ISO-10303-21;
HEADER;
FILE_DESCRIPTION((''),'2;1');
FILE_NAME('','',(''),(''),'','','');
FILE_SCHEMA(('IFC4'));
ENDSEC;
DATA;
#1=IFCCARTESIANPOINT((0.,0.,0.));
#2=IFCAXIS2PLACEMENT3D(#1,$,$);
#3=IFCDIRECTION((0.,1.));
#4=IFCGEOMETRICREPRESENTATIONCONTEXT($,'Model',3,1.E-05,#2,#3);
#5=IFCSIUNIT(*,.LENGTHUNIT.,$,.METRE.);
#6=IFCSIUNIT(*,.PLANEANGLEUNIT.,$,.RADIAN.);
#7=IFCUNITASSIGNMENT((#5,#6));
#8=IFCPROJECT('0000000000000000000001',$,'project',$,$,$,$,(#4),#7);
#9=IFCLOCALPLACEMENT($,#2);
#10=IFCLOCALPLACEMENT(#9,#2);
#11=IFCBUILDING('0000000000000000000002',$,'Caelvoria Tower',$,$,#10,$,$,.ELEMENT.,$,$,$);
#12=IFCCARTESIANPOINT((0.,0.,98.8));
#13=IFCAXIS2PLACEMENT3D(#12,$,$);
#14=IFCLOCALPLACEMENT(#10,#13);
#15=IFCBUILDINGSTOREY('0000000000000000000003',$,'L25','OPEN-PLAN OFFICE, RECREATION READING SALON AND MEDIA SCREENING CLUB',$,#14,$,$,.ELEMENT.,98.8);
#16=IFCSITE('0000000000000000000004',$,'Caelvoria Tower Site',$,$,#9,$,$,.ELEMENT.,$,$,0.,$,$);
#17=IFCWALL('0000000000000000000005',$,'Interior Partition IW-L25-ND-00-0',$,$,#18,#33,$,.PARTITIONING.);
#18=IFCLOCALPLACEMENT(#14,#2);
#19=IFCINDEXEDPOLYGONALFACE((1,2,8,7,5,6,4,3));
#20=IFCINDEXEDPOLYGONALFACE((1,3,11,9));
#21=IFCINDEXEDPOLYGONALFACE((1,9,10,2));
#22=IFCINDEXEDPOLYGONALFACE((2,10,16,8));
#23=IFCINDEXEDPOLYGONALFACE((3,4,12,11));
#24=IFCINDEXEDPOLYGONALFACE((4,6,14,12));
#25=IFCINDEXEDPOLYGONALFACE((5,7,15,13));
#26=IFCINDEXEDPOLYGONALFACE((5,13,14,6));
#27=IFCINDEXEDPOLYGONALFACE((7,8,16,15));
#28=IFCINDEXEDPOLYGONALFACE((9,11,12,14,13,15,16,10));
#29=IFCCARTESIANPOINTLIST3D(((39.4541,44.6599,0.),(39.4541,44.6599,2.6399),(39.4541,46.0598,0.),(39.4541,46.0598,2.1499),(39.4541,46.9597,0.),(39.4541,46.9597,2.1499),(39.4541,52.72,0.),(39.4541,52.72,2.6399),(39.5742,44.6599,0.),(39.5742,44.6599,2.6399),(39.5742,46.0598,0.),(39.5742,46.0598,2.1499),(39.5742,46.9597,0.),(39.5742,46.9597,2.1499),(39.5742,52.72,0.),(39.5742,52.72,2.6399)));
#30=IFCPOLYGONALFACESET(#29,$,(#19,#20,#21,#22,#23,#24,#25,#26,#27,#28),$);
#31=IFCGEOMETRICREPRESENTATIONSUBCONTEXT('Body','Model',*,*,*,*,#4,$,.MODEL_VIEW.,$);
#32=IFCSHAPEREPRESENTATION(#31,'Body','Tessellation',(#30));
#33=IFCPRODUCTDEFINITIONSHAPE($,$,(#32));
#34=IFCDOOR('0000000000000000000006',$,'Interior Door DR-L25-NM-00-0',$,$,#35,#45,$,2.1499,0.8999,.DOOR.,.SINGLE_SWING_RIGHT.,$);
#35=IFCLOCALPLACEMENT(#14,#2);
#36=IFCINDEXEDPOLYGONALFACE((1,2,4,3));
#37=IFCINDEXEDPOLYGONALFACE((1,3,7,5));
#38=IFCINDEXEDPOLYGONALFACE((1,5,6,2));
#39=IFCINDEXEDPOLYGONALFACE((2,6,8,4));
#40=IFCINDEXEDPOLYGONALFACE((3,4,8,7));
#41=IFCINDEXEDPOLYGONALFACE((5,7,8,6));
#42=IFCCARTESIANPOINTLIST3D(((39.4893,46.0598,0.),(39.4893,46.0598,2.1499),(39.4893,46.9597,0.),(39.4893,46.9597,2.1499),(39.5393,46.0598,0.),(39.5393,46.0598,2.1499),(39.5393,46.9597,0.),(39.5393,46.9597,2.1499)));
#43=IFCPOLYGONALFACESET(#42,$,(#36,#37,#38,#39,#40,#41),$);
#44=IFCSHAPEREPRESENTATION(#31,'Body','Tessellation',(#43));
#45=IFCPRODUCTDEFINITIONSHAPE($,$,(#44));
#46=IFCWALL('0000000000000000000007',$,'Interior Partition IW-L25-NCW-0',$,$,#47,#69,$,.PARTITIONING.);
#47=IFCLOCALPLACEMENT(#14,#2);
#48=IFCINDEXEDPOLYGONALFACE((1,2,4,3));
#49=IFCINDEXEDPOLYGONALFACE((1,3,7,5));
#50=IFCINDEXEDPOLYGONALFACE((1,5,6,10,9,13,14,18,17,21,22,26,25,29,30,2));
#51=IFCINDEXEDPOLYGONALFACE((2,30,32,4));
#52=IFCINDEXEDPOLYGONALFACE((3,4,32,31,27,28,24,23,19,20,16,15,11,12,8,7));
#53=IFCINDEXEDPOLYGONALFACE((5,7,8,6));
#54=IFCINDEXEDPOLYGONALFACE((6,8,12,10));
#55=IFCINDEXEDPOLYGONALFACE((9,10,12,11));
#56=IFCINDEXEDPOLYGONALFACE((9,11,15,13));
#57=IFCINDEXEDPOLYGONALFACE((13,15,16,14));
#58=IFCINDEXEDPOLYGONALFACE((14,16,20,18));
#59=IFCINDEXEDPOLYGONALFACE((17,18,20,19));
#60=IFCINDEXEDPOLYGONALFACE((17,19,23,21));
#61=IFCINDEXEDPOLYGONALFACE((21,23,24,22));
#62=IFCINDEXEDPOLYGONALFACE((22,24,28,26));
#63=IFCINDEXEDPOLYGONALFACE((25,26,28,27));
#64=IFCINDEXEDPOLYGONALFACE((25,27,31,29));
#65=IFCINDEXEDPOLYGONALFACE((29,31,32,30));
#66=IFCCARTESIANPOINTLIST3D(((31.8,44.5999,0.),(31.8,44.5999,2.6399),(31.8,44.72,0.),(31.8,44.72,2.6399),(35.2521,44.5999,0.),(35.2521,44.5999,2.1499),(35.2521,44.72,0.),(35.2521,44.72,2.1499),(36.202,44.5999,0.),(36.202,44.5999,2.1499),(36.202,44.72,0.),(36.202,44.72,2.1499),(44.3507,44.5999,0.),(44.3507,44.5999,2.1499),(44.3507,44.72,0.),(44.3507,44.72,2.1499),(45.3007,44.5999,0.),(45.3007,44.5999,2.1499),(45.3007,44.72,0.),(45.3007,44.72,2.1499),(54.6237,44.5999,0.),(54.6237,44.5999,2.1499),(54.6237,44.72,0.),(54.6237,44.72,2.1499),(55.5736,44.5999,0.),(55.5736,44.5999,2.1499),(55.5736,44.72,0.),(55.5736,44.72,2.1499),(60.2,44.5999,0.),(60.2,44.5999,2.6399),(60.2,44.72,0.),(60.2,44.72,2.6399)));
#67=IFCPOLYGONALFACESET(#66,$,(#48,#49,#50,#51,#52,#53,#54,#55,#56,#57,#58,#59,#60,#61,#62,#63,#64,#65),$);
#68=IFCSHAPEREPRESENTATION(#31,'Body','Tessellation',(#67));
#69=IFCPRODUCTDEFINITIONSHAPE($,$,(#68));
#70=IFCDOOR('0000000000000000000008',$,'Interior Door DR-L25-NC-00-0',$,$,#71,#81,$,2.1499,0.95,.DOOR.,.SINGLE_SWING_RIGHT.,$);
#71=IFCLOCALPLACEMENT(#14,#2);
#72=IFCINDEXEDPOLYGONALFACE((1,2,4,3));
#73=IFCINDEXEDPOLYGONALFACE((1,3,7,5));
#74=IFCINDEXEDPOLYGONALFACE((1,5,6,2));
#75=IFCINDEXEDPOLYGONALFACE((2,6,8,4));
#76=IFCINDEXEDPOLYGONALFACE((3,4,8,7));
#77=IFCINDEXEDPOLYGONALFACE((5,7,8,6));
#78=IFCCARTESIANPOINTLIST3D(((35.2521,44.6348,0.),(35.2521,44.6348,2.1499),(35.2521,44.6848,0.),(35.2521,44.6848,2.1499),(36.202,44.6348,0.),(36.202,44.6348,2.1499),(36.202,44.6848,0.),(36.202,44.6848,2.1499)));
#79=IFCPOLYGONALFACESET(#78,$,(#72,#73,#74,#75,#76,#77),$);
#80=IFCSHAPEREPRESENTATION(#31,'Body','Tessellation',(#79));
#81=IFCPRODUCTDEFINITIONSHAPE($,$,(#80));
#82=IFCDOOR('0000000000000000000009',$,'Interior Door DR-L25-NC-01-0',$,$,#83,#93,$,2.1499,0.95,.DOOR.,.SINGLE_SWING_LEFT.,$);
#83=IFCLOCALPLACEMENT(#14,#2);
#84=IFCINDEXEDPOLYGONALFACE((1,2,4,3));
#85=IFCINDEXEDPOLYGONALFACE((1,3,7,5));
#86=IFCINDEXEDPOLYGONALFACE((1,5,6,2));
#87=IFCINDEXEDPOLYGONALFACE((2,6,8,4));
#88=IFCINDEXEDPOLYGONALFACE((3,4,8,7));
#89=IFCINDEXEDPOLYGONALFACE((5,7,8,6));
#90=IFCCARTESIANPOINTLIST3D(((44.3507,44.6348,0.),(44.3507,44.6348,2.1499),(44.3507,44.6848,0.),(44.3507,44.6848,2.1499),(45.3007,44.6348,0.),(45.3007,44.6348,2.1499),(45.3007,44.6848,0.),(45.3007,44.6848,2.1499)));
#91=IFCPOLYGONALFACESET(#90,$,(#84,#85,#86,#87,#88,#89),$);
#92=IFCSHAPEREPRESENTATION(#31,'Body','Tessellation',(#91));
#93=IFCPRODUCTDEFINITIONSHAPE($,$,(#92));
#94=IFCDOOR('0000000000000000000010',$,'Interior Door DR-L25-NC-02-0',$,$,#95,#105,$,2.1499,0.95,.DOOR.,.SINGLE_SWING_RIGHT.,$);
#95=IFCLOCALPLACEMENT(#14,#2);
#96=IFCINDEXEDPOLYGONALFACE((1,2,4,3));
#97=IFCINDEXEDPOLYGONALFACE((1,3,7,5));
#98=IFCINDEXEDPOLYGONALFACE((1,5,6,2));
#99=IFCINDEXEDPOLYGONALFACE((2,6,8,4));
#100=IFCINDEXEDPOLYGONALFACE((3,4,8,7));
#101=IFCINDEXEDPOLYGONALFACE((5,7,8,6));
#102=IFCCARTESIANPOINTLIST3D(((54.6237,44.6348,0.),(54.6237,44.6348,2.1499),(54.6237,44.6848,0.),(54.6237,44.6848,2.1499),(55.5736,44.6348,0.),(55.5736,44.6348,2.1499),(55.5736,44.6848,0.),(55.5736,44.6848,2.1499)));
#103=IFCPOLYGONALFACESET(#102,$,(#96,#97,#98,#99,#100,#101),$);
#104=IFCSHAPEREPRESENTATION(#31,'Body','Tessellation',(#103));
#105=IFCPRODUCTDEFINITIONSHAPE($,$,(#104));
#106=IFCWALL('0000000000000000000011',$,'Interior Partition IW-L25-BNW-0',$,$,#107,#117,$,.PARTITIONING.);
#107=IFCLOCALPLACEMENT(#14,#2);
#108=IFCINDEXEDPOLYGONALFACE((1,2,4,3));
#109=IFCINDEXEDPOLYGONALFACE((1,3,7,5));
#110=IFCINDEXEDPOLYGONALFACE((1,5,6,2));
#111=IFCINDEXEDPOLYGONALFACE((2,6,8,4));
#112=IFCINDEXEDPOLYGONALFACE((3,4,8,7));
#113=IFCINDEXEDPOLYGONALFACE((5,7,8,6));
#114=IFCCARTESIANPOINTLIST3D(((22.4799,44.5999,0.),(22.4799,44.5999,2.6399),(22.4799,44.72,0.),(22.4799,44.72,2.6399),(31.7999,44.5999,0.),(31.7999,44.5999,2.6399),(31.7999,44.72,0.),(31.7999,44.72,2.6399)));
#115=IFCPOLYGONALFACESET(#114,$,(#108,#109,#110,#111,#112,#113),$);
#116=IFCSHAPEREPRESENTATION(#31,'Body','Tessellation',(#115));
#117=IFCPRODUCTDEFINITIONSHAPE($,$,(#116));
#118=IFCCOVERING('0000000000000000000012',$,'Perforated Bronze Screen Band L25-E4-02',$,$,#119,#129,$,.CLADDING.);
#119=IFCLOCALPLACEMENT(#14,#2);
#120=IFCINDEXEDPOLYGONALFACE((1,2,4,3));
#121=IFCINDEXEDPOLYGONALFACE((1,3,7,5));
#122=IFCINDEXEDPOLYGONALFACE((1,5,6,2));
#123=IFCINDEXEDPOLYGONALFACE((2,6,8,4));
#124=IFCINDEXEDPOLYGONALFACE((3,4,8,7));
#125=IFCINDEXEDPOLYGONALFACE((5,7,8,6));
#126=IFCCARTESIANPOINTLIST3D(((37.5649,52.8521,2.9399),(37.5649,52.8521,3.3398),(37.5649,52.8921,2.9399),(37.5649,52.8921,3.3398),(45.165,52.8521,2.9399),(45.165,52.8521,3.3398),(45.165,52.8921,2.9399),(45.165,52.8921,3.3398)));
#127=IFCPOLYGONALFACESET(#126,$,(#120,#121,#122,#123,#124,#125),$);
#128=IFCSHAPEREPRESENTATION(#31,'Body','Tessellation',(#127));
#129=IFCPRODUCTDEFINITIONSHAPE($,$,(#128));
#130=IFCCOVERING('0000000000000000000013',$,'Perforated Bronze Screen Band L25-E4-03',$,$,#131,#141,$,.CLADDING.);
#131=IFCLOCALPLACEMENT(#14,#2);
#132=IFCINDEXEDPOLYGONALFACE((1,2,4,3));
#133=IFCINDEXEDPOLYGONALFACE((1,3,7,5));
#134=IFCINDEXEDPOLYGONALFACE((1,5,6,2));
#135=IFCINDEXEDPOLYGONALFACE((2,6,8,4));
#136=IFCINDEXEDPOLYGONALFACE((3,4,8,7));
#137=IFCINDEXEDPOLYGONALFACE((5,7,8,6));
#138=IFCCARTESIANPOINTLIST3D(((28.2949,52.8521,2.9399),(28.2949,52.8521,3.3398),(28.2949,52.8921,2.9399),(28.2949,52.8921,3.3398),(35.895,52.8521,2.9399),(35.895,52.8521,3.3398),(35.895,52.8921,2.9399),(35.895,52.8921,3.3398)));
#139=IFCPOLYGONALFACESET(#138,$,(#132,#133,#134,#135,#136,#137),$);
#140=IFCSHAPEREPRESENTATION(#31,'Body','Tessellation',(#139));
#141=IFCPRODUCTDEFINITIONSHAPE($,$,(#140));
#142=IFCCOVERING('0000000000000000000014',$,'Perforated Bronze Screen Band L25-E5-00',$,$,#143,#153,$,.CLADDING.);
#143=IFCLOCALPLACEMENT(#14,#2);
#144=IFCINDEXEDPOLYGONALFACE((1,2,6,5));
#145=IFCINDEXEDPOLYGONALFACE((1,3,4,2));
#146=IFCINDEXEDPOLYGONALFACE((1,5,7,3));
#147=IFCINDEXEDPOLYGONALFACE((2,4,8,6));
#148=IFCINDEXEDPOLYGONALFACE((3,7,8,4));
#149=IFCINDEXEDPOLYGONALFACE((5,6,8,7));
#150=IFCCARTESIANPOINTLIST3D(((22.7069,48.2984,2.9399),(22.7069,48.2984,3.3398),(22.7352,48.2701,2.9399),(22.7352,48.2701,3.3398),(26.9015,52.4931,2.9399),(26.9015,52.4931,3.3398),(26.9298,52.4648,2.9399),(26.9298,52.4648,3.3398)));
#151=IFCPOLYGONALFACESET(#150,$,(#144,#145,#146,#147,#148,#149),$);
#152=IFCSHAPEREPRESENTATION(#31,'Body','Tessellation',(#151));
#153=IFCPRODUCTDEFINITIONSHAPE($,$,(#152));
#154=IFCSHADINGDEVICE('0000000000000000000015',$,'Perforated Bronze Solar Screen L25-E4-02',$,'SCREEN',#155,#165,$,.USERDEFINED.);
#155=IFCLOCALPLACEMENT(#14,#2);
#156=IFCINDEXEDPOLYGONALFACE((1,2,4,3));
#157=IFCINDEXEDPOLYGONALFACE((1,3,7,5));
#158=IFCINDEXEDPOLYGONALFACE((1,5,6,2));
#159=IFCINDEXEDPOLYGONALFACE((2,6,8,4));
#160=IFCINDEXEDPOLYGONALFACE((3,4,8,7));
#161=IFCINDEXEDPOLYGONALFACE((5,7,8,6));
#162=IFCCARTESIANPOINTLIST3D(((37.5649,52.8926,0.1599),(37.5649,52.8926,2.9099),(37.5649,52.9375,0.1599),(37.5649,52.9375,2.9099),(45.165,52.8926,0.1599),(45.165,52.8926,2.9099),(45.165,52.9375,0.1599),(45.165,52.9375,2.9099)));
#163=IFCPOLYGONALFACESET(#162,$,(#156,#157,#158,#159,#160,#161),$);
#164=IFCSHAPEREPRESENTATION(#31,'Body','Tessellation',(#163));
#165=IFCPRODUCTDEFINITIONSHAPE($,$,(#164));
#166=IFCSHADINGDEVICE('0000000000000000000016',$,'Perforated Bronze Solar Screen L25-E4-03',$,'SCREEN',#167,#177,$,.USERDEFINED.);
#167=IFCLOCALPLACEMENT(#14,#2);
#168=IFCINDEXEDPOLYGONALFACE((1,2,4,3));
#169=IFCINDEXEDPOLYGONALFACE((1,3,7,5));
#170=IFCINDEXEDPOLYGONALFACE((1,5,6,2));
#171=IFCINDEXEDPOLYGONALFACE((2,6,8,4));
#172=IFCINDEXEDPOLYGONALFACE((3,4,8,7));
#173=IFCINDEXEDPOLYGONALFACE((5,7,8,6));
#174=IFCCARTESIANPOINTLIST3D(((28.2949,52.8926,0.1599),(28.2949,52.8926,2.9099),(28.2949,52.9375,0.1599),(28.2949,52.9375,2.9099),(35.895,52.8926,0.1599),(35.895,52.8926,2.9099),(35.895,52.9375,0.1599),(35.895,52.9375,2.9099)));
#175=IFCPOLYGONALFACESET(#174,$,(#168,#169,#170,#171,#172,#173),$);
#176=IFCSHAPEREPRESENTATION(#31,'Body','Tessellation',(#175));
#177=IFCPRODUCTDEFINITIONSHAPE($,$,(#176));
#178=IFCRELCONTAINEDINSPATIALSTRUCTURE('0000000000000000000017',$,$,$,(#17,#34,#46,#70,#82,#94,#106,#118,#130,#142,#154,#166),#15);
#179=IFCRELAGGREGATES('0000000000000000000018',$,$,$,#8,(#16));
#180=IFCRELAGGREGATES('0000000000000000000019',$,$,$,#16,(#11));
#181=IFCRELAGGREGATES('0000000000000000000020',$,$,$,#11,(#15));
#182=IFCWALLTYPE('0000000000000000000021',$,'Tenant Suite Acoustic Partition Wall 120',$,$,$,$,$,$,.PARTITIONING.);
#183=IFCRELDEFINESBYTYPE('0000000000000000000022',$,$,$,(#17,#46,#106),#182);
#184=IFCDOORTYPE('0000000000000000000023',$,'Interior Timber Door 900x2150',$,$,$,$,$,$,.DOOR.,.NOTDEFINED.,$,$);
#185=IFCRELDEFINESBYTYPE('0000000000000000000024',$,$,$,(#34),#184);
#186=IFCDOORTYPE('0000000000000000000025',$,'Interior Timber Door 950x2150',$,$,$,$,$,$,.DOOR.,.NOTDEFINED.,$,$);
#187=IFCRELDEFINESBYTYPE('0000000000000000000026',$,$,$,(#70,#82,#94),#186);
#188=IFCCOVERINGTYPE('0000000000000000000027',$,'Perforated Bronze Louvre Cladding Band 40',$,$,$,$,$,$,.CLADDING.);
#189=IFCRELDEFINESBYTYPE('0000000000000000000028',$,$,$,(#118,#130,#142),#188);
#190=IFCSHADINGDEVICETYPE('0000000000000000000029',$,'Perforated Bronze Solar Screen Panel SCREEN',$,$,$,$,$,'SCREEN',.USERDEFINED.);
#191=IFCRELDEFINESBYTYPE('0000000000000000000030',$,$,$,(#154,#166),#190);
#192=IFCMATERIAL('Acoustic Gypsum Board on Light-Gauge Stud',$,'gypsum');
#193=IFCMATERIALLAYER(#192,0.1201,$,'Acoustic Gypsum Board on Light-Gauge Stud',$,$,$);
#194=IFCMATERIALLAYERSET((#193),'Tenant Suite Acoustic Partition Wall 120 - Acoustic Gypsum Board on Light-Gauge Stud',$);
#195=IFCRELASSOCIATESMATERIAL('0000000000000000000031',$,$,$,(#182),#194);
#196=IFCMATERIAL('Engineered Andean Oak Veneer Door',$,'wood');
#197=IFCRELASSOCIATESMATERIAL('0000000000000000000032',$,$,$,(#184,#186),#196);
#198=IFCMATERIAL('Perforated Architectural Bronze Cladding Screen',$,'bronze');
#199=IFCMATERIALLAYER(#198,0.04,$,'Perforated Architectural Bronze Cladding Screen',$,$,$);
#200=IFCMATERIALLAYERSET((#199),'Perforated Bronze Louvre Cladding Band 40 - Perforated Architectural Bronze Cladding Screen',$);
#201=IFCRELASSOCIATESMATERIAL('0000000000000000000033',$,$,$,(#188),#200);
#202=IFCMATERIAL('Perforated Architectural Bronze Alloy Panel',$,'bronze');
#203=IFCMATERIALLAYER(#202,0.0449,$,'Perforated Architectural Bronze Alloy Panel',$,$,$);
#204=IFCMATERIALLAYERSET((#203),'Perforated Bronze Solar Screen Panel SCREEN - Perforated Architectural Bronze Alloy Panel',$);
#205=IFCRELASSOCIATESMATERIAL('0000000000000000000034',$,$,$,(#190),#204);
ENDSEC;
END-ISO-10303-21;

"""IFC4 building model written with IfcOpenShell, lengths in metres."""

from ifc_helpers import new_model, si_unit, direction, frame, frame_2d, origin, origin_2d, place, context, subcontext, project, spatial, rectangle, extrude, material, layer, layer_set, type_object, element, fill, save


model = new_model("IFC4")

# Units and contexts
model_context = context("Model", 3, precision=1e-05, world=origin(), true_north=direction((0.0, 1.0)))
body_context = subcontext(model_context, "Body", "Model", "MODEL_VIEW")
ifc_project = project(units=[si_unit("LENGTHUNIT", "METRE"), si_unit("PLANEANGLEUNIT", "RADIAN")], contexts=[model_context])

# Site, building, storey
site_placement = place(None, origin())
site = spatial("IfcSite", under=ifc_project, at=site_placement, Name="Caelvoria Tower Site", CompositionType="ELEMENT", RefElevation=0.0)
building_placement = place(site_placement, origin())
building = spatial("IfcBuilding", under=site, at=building_placement, Name="Caelvoria Tower", CompositionType="ELEMENT")
storey_placement = place(building_placement, frame((0.0, 0.0, 98.8)))
storey = spatial("IfcBuildingStorey", under=building, at=storey_placement, Name="L25", Description="OPEN-PLAN OFFICE, RECREATION READING SALON AND MEDIA SCREENING CLUB", CompositionType="ELEMENT", Elevation=98.8)

# Wall, opening, door
ifc_material_1 = material(Name="Acoustic Gypsum Board on Light-Gauge Stud", Category="gypsum")
ifc_layer_1 = layer(ifc_material_1, 0.1201, Name="Acoustic Gypsum Board on Light-Gauge Stud")
ifc_layer_set_1 = layer_set([ifc_layer_1], Name="Tenant Suite Acoustic Partition Wall 120 - Acoustic Gypsum Board on Light-Gauge Stud")
wall_type_1 = type_object("IfcWallType", Name="Tenant Suite Acoustic Partition Wall 120", PredefinedType="PARTITIONING", material=ifc_layer_set_1)
wall_1_placement = place(storey_placement, frame((39.5142, 44.6599, 0.0), z_axis=(0.0, 0.0, 1.0), x_axis=(0.0, 1.0, 0.0)))
wall_1 = element("IfcWall", 1, at=wall_1_placement, inside=storey, type_object=wall_type_1, Name="Interior Partition IW-L25-ND-00-0", PredefinedType="PARTITIONING", context=body_context, shape_type="SweptSolid", body=[
    extrude(rectangle(XDim=8.0601, YDim=0.1201, at=frame_2d((4.03, 0.0))), origin(), (0.0, 0.0, 1.0), 2.6399),
])
opening_1_placement = place(wall_1_placement, frame((1.3999, 0.0, 0.0)))
opening_1 = element("IfcOpeningElement", 2, at=opening_1_placement, cuts=wall_1, PredefinedType="OPENING", context=body_context, shape_type="SweptSolid", body=[
    extrude(rectangle(XDim=0.8999, YDim=2.1499, at=frame_2d((0.45, 1.075))), frame((0.0, 0.0701, 0.0), z_axis=(0.0, -1.0, 0.0), x_axis=(1.0, 0.0, 0.0)), (0.0, 0.0, 1.0), 0.1401),
])
ifc_material_2 = material(Name="Engineered Andean Oak Veneer Door", Category="wood")
door_type_1 = type_object("IfcDoorType", Name="Interior Timber Door 900x2150", OperationType="NOTDEFINED", PredefinedType="DOOR", material=ifc_material_2)
door_1_placement = place(opening_1_placement, origin())
door_1 = element("IfcDoor", 3, at=door_1_placement, inside=storey, type_object=door_type_1, Name="Interior Door DR-L25-NM-00-0", OperationType="SINGLE_SWING_RIGHT", OverallHeight=2.1499, OverallWidth=0.8999, PredefinedType="DOOR", context=body_context, shape_type="SweptSolid", body=[
    extrude(rectangle(XDim=0.8999, YDim=2.1499, at=frame_2d((0.45, 1.075))), frame((0.0, 0.0249, 0.0), z_axis=(0.0, -1.0, 0.0), x_axis=(1.0, 0.0, 0.0)), (0.0, 0.0, 1.0), 0.05),
])
fill(opening_1, door_1)

# Wall, openings, doors
wall_2_placement = place(storey_placement, frame((31.8, 44.6599, 0.0), z_axis=(0.0, 0.0, 1.0), x_axis=(1.0, 0.0, 0.0)))
wall_2 = element("IfcWall", 4, at=wall_2_placement, inside=storey, type_object=wall_type_1, Name="Interior Partition IW-L25-NCW-0", PredefinedType="PARTITIONING", context=body_context, shape_type="SweptSolid", body=[
    extrude(rectangle(XDim=28.3999, YDim=0.1201, at=frame_2d((14.2, 0.0))), origin(), (0.0, 0.0, 1.0), 2.6399),
])
opening_2_placement = place(wall_2_placement, frame((3.4519, 0.0, 0.0)))
opening_2 = element("IfcOpeningElement", 5, at=opening_2_placement, cuts=wall_2, PredefinedType="OPENING", context=body_context, shape_type="SweptSolid", body=[
    extrude(rectangle(XDim=0.95, YDim=2.1499, at=frame_2d((0.4751, 1.075))), frame((0.0, 0.0701, 0.0), z_axis=(0.0, -1.0, 0.0), x_axis=(1.0, 0.0, 0.0)), (0.0, 0.0, 1.0), 0.1401),
])
opening_3_placement = place(wall_2_placement, frame((12.5505, 0.0, 0.0)))
opening_3 = element("IfcOpeningElement", 6, at=opening_3_placement, cuts=wall_2, PredefinedType="OPENING", context=body_context, shape_type="SweptSolid", body=[
    extrude(rectangle(XDim=0.95, YDim=2.1499, at=frame_2d((0.4751, 1.075))), frame((0.0, 0.0701, 0.0), z_axis=(0.0, -1.0, 0.0), x_axis=(1.0, 0.0, 0.0)), (0.0, 0.0, 1.0), 0.1401),
])
opening_4_placement = place(wall_2_placement, frame((22.8235, 0.0, 0.0)))
opening_4 = element("IfcOpeningElement", 7, at=opening_4_placement, cuts=wall_2, PredefinedType="OPENING", context=body_context, shape_type="SweptSolid", body=[
    extrude(rectangle(XDim=0.95, YDim=2.1499, at=frame_2d((0.4751, 1.075))), frame((0.0, 0.0701, 0.0), z_axis=(0.0, -1.0, 0.0), x_axis=(1.0, 0.0, 0.0)), (0.0, 0.0, 1.0), 0.1401),
])
door_type_2 = type_object("IfcDoorType", Name="Interior Timber Door 950x2150", OperationType="NOTDEFINED", PredefinedType="DOOR", material=ifc_material_2)
door_2_placement = place(opening_2_placement, origin())
door_2 = element("IfcDoor", 8, at=door_2_placement, inside=storey, type_object=door_type_2, Name="Interior Door DR-L25-NC-00-0", OperationType="SINGLE_SWING_RIGHT", OverallHeight=2.1499, OverallWidth=0.95, PredefinedType="DOOR", context=body_context, shape_type="SweptSolid", body=[
    extrude(rectangle(XDim=0.95, YDim=2.1499, at=frame_2d((0.4751, 1.075))), frame((0.0, 0.0249, 0.0), z_axis=(0.0, -1.0, 0.0), x_axis=(1.0, 0.0, 0.0)), (0.0, 0.0, 1.0), 0.05),
])
fill(opening_2, door_2)
door_3_placement = place(opening_3_placement, origin())
door_3 = element("IfcDoor", 9, at=door_3_placement, inside=storey, type_object=door_type_2, Name="Interior Door DR-L25-NC-01-0", OperationType="SINGLE_SWING_LEFT", OverallHeight=2.1499, OverallWidth=0.95, PredefinedType="DOOR", context=body_context, shape_type="SweptSolid", body=[
    extrude(rectangle(XDim=0.95, YDim=2.1499, at=frame_2d((0.4751, 1.075))), frame((0.0, 0.0249, 0.0), z_axis=(0.0, -1.0, 0.0), x_axis=(1.0, 0.0, 0.0)), (0.0, 0.0, 1.0), 0.05),
])
fill(opening_3, door_3)
door_4_placement = place(opening_4_placement, origin())
door_4 = element("IfcDoor", 10, at=door_4_placement, inside=storey, type_object=door_type_2, Name="Interior Door DR-L25-NC-02-0", OperationType="SINGLE_SWING_RIGHT", OverallHeight=2.1499, OverallWidth=0.95, PredefinedType="DOOR", context=body_context, shape_type="SweptSolid", body=[
    extrude(rectangle(XDim=0.95, YDim=2.1499, at=frame_2d((0.4751, 1.075))), frame((0.0, 0.0249, 0.0), z_axis=(0.0, -1.0, 0.0), x_axis=(1.0, 0.0, 0.0)), (0.0, 0.0, 1.0), 0.05),
])
fill(opening_4, door_4)

# Wall
wall_3_placement = place(storey_placement, frame((31.8, 44.6599, 0.0), z_axis=(0.0, 0.0, 1.0), x_axis=(-1.0, 0.0, 0.0)))
element("IfcWall", 11, at=wall_3_placement, inside=storey, type_object=wall_type_1, Name="Interior Partition IW-L25-BNW-0", PredefinedType="PARTITIONING", context=body_context, shape_type="SweptSolid", body=[
    extrude(rectangle(XDim=9.3201, YDim=0.1201, at=frame_2d((4.6602, 0.0))), origin(), (0.0, 0.0, 1.0), 2.6399),
])

# Coverings
ifc_material_3 = material(Name="Perforated Architectural Bronze Cladding Screen", Category="bronze")
ifc_layer_2 = layer(ifc_material_3, 0.04, Name="Perforated Architectural Bronze Cladding Screen")
ifc_layer_set_2 = layer_set([ifc_layer_2], Name="Perforated Bronze Louvre Cladding Band 40 - Perforated Architectural Bronze Cladding Screen")
covering_type = type_object("IfcCoveringType", Name="Perforated Bronze Louvre Cladding Band 40", PredefinedType="CLADDING", material=ifc_layer_set_2)
for number, where, z_axis, x_axis, name in (
    (12, (41.365, 52.8721, 2.9399), (0.0, 0.0, 1.0), (-1.0, 0.0, 0.0), "Perforated Bronze Screen Band L25-E4-02"),
    (13, (32.095, 52.8721, 2.9399), (0.0, 0.0, 1.0), (-1.0, 0.0, 0.0), "Perforated Bronze Screen Band L25-E4-03"),
):
    element("IfcCovering", number, at=place(storey_placement, frame(where, z_axis=z_axis, x_axis=x_axis)), inside=storey, type_object=covering_type, Name=name, PredefinedType="CLADDING", context=body_context, shape_type="SweptSolid", body=[
        extrude(rectangle(XDim=7.6001, YDim=0.04, at=origin_2d()), origin(), (0.0, 0.0, 1.0), 0.3999),
    ])
covering_placement = place(storey_placement, frame((24.8184, 50.3816, 2.9399), z_axis=(0.0, 0.0, 1.0), x_axis=(-0.707107, -0.707107, 0.0)))
element("IfcCovering", 14, at=covering_placement, inside=storey, type_object=covering_type, Name="Perforated Bronze Screen Band L25-E5-00", PredefinedType="CLADDING", context=body_context, shape_type="SweptSolid", body=[
    extrude(rectangle(XDim=5.9321, YDim=0.04, at=origin_2d()), origin(), (0.0, 0.0, 1.0), 0.3999),
])

# Shading devices
ifc_material_4 = material(Name="Perforated Architectural Bronze Alloy Panel", Category="bronze")
ifc_layer_3 = layer(ifc_material_4, 0.0449, Name="Perforated Architectural Bronze Alloy Panel")
ifc_layer_set_3 = layer_set([ifc_layer_3], Name="Perforated Bronze Solar Screen Panel SCREEN - Perforated Architectural Bronze Alloy Panel")
shading_device_type = type_object("IfcShadingDeviceType", Name="Perforated Bronze Solar Screen Panel SCREEN", ElementType="SCREEN", PredefinedType="USERDEFINED", material=ifc_layer_set_3)
for number, where, z_axis, x_axis, name in (
    (15, (41.365, 52.915, 0.1599), (0.0, 0.0, 1.0), (-1.0, 0.0, 0.0), "Perforated Bronze Solar Screen L25-E4-02"),
    (16, (32.095, 52.915, 0.1599), (0.0, 0.0, 1.0), (-1.0, 0.0, 0.0), "Perforated Bronze Solar Screen L25-E4-03"),
):
    element("IfcShadingDevice", number, at=place(storey_placement, frame(where, z_axis=z_axis, x_axis=x_axis)), inside=storey, type_object=shading_device_type, Name=name, ObjectType="SCREEN", PredefinedType="USERDEFINED", context=body_context, shape_type="SweptSolid", body=[
        extrude(rectangle(XDim=7.6001, YDim=0.0449, at=origin_2d()), origin(), (0.0, 0.0, 1.0), 2.75),
    ])

save(model, "model.ifc")
